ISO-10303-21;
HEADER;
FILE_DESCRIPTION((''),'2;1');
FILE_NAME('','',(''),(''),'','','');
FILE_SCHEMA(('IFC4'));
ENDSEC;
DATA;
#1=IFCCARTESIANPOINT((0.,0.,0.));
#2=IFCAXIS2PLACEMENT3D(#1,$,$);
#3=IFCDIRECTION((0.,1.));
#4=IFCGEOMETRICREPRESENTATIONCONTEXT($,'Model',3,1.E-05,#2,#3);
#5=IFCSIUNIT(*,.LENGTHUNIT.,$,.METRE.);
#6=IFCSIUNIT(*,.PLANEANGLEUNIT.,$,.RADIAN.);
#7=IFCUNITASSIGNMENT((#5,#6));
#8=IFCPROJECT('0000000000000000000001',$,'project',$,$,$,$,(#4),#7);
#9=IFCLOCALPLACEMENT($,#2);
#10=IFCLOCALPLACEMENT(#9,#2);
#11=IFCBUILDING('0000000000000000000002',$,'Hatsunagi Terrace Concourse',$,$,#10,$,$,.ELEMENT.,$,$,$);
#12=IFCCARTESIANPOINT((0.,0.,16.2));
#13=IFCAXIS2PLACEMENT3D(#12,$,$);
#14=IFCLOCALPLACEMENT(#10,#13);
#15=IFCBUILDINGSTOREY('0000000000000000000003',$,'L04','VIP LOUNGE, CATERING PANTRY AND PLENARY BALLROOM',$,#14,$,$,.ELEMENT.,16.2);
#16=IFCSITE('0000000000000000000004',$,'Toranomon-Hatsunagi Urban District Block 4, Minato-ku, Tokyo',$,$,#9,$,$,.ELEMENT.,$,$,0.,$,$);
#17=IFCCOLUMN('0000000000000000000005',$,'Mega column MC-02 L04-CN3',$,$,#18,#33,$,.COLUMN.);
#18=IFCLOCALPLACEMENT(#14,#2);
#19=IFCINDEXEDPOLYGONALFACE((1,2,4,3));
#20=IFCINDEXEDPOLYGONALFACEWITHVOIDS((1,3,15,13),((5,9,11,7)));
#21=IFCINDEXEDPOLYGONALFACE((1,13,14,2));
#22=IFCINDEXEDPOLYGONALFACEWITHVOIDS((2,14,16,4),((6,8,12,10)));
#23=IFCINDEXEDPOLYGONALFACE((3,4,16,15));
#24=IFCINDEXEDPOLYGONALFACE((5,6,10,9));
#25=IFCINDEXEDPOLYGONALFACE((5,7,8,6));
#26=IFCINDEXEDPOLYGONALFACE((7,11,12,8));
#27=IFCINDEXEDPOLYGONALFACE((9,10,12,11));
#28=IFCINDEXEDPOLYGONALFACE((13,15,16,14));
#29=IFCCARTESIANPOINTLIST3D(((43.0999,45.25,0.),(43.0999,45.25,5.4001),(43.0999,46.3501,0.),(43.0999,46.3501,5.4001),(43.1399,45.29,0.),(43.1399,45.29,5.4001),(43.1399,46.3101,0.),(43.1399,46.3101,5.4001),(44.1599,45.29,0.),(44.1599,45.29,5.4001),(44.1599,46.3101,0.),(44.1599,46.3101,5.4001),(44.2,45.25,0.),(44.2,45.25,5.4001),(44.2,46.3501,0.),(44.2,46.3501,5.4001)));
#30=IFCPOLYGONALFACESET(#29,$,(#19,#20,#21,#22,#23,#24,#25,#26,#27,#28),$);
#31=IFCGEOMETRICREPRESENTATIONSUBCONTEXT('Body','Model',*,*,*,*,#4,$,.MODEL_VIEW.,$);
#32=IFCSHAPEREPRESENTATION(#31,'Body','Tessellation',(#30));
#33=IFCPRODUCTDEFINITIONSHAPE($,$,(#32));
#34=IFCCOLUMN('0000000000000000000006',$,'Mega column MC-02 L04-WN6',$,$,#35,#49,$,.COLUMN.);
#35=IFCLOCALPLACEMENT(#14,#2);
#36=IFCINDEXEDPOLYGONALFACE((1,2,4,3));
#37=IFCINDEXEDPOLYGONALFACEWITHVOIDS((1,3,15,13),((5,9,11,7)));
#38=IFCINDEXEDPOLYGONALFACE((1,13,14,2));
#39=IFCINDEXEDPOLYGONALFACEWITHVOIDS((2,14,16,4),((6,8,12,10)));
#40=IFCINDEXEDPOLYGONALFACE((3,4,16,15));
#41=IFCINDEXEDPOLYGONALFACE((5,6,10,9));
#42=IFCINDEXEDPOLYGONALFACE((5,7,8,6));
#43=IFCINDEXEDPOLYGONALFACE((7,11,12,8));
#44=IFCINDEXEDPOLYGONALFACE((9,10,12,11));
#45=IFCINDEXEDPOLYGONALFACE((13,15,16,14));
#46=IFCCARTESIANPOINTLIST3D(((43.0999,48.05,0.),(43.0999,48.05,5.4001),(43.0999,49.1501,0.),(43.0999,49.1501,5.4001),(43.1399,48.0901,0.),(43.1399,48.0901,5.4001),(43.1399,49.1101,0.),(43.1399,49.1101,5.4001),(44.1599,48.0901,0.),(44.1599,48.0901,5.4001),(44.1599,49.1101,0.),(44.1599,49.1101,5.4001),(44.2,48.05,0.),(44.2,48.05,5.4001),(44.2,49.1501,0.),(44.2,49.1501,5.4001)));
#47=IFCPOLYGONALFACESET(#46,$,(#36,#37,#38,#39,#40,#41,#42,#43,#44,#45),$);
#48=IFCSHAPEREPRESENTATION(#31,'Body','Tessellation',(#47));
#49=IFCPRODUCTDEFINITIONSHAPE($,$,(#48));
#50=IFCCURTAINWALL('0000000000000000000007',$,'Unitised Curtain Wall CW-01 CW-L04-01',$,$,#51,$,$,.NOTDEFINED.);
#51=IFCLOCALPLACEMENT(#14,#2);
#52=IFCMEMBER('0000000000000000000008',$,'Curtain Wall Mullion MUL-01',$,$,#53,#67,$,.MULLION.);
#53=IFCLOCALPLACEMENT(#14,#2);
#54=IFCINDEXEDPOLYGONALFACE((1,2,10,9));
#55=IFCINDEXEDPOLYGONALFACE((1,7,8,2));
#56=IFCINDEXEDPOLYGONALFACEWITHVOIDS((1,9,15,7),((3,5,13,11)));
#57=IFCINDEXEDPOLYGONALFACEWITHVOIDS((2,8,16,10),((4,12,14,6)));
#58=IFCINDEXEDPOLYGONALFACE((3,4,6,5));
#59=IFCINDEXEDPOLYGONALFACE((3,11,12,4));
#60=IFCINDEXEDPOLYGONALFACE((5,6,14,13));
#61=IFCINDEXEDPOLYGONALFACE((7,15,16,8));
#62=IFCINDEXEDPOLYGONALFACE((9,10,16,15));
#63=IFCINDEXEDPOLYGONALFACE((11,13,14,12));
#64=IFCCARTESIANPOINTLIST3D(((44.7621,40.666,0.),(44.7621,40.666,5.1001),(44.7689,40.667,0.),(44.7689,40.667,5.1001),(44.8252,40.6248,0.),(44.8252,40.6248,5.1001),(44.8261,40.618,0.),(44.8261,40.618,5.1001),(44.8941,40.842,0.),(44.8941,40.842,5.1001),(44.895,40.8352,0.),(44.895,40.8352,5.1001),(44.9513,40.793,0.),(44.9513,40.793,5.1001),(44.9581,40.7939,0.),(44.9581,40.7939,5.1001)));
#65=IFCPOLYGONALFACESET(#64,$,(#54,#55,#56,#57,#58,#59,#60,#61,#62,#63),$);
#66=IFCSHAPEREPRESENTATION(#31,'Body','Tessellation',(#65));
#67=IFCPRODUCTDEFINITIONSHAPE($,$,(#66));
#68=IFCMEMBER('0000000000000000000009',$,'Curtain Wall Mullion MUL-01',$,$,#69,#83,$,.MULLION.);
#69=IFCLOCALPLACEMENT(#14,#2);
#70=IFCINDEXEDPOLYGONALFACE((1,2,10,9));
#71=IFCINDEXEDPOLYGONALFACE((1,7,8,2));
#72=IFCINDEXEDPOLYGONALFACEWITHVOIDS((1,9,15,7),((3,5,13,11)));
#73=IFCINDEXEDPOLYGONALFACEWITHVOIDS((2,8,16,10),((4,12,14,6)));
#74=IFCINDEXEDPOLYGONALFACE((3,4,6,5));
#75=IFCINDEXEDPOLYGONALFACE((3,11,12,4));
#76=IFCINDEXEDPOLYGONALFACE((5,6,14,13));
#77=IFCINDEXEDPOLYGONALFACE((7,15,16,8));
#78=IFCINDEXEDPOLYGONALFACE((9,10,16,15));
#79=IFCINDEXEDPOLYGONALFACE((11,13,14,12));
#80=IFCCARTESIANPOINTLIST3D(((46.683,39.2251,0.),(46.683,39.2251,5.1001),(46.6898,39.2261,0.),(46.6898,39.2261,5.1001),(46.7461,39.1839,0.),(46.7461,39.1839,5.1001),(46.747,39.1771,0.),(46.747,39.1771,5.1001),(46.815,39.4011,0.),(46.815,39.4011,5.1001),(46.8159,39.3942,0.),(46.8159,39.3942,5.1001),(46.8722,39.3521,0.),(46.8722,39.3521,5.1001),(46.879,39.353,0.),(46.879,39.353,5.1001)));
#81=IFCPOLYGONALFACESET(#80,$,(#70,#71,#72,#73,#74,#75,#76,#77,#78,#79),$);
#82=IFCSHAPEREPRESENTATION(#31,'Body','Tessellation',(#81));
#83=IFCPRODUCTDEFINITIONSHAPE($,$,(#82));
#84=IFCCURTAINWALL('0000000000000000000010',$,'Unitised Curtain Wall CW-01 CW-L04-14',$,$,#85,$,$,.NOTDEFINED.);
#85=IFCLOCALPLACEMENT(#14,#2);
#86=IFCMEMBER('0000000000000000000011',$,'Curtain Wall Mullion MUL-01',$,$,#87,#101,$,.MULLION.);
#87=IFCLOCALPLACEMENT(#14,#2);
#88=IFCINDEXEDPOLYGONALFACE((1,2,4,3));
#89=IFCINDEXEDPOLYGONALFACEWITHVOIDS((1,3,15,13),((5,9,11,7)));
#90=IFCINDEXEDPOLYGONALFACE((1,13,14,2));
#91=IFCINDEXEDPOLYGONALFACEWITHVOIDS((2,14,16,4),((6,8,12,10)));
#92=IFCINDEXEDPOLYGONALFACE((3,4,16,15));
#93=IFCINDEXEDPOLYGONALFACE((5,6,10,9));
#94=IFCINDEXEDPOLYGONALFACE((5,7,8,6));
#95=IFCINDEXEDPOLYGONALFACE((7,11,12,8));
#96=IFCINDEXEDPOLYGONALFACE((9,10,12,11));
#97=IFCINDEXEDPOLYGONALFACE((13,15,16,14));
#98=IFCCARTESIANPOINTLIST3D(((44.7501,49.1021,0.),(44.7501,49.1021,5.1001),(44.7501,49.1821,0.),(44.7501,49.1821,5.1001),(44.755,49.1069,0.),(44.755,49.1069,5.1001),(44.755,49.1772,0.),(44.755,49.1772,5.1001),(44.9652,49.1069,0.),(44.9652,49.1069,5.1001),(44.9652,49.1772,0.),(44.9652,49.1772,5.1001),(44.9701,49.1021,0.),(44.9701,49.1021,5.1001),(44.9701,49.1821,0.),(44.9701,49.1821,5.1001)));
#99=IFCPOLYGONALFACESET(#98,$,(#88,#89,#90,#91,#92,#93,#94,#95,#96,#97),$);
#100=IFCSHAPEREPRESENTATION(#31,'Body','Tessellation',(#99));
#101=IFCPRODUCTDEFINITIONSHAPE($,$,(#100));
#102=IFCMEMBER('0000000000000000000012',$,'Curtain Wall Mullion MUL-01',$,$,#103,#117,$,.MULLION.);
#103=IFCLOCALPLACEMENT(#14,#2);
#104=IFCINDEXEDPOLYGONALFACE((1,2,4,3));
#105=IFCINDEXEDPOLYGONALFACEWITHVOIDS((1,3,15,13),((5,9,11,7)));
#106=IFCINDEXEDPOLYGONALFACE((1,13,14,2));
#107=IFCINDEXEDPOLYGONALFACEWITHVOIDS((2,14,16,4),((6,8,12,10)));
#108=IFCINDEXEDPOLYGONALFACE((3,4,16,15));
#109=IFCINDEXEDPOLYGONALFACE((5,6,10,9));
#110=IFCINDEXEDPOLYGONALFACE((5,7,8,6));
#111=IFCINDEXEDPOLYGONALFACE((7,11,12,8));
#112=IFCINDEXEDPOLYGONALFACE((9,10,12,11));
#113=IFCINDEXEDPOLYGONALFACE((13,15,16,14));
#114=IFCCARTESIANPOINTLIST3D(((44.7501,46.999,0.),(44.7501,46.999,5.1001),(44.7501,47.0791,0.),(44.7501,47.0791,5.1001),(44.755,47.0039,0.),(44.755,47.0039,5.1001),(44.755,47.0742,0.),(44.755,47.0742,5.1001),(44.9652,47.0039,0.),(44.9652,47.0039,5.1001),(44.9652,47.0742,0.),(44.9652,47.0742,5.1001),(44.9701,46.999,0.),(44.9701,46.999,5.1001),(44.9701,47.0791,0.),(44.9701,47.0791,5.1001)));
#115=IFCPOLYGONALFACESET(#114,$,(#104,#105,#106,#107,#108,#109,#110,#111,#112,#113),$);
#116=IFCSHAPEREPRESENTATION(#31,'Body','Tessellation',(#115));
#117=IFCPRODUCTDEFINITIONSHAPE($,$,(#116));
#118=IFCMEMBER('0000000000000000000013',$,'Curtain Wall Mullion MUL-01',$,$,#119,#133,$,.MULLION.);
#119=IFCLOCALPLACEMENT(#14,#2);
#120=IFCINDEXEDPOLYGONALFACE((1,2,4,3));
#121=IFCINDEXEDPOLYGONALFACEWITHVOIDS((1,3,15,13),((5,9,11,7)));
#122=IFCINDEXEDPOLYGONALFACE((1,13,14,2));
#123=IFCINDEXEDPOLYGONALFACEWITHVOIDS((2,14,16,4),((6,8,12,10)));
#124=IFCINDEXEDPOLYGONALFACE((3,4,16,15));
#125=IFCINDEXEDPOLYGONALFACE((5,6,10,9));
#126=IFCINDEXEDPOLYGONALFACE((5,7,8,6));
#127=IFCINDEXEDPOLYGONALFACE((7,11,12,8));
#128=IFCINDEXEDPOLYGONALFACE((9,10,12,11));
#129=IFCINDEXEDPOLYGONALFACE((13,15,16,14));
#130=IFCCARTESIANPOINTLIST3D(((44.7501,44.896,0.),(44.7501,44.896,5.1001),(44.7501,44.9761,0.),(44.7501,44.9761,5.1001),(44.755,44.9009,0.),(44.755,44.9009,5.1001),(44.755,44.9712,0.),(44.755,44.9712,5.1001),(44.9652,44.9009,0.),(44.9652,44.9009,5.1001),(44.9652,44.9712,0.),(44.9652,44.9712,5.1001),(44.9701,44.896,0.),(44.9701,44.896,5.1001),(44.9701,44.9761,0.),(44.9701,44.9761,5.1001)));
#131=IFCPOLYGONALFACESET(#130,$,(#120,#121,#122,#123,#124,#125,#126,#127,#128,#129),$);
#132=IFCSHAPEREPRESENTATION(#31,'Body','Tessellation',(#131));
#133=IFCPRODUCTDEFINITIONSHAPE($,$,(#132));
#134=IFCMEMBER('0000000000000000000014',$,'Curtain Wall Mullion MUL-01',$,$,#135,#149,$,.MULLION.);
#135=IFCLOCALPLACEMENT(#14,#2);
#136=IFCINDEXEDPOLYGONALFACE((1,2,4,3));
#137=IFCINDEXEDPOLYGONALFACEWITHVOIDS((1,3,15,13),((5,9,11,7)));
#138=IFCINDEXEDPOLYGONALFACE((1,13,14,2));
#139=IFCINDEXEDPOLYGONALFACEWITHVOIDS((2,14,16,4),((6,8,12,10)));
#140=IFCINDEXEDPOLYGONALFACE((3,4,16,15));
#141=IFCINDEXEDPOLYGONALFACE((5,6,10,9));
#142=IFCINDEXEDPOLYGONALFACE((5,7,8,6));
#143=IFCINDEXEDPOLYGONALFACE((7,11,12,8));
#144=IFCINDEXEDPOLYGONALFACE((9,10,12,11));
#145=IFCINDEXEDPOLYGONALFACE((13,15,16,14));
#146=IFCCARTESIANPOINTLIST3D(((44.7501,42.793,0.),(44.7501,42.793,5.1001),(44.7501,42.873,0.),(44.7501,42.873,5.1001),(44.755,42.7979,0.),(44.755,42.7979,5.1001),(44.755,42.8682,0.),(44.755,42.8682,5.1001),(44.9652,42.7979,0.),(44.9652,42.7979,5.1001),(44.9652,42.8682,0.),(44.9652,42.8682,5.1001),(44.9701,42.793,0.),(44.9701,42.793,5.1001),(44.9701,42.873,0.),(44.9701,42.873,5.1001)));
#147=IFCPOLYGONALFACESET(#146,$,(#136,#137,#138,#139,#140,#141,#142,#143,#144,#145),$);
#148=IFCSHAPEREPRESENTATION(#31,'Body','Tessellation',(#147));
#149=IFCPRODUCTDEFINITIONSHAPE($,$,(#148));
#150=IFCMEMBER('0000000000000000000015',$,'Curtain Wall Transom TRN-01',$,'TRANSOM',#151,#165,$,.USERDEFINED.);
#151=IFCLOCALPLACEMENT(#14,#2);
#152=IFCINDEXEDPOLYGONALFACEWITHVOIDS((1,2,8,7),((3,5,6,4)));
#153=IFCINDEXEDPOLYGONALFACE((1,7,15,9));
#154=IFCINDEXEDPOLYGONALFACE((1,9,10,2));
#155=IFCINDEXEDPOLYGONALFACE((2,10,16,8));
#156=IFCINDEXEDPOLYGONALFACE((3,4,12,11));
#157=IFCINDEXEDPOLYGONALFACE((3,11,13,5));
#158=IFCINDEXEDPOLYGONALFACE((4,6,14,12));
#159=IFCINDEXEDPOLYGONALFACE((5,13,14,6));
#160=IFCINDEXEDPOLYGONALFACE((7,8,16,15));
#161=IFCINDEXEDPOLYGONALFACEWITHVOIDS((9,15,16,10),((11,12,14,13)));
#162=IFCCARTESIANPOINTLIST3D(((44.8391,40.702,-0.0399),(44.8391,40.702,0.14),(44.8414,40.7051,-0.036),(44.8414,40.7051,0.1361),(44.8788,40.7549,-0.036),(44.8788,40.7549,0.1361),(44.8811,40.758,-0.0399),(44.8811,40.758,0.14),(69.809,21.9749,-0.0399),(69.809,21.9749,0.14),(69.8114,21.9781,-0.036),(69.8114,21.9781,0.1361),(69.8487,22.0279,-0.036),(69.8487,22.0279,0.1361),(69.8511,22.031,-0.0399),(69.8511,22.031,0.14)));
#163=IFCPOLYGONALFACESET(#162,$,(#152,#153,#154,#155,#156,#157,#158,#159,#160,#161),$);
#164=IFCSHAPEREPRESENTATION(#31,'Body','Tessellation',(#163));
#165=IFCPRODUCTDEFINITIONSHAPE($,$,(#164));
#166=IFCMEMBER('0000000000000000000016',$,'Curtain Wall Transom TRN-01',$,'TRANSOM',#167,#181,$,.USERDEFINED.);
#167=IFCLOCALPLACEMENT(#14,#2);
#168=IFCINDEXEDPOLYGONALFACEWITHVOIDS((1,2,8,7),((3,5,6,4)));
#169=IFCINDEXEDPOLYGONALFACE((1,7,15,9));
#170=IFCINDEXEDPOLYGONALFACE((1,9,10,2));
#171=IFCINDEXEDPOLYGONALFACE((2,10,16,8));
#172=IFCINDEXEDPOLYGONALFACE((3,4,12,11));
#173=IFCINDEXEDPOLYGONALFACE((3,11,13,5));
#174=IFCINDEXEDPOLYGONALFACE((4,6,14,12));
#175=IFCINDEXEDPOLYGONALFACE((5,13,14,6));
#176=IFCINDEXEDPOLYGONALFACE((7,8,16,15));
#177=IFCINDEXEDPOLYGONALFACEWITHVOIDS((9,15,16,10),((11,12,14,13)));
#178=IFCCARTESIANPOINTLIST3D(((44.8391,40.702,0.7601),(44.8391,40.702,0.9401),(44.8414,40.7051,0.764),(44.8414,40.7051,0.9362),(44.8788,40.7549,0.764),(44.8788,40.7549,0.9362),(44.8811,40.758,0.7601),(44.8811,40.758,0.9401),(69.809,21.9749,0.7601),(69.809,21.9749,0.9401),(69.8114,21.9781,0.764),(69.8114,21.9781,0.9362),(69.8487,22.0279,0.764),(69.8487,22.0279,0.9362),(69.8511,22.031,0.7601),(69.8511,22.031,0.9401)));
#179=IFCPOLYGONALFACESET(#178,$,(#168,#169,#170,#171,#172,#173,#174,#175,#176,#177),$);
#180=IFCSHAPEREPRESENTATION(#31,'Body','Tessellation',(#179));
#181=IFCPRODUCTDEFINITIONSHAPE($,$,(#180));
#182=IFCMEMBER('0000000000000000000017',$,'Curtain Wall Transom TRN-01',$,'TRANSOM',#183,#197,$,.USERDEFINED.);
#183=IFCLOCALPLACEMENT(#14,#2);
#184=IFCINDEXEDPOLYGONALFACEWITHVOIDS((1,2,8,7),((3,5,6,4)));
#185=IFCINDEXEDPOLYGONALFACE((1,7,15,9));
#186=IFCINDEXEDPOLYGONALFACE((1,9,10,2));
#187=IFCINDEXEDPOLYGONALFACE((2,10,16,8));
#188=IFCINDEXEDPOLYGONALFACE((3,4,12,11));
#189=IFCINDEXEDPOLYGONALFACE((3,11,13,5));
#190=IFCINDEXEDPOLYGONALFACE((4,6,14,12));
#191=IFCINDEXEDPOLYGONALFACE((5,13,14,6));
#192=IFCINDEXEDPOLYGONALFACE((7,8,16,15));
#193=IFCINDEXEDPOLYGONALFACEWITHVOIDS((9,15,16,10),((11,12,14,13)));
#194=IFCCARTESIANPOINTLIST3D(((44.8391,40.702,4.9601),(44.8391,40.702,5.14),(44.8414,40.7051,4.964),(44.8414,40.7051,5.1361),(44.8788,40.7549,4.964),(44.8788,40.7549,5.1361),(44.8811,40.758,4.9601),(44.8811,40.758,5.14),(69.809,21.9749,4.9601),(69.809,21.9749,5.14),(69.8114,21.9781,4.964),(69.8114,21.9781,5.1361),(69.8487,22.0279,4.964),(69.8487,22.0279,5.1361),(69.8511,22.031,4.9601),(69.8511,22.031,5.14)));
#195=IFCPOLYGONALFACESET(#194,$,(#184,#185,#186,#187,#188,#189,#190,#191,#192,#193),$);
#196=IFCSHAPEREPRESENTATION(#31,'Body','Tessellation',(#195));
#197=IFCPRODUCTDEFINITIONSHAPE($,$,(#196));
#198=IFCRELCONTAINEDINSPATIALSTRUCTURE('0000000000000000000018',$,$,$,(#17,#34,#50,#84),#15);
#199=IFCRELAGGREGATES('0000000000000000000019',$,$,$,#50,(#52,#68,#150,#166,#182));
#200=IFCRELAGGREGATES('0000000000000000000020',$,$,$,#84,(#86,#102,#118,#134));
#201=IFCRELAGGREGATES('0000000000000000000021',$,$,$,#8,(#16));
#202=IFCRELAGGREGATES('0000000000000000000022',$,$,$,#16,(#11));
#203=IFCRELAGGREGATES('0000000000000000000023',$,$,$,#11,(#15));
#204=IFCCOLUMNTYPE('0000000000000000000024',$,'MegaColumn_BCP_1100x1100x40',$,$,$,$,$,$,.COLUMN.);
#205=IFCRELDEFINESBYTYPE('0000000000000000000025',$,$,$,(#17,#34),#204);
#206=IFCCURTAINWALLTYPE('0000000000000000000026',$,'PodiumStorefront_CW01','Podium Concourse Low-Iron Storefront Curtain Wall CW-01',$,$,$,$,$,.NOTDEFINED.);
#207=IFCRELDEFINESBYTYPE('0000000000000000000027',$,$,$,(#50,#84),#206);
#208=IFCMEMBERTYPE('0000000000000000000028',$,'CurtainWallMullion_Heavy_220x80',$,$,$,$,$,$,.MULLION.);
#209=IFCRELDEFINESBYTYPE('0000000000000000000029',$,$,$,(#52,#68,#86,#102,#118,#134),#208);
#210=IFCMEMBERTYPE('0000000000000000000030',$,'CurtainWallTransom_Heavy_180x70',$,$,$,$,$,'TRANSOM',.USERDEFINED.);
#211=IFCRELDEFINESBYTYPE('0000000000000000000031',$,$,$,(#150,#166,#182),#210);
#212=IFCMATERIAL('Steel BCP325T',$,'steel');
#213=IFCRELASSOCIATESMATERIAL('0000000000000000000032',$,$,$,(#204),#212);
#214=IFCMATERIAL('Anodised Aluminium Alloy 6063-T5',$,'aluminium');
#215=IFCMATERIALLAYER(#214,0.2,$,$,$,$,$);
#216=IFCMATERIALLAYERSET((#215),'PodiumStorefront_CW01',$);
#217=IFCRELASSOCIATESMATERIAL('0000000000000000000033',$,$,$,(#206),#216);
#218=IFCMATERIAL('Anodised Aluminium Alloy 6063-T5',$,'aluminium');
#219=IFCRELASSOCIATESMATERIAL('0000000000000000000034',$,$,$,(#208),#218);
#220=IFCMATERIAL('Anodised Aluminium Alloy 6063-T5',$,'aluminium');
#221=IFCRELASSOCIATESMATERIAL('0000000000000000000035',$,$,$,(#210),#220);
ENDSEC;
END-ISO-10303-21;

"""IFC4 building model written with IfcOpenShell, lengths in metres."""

from ifc_helpers import new_model, si_unit, direction, frame, origin, origin_2d, place, context, subcontext, project, spatial, hollow_rectangle, extrude, material, layer, layer_set, material_profile, profile_set, type_object, element, aggregate, save


model = new_model("IFC4")

# Units and contexts
model_context = context("Model", 3, precision=1e-05, world=origin(), true_north=direction((0.0, 1.0)))
body_context = subcontext(model_context, "Body", "Model", "MODEL_VIEW")
ifc_project = project(units=[si_unit("LENGTHUNIT", "METRE"), si_unit("PLANEANGLEUNIT", "RADIAN")], contexts=[model_context])

# Site, building, storey
site_placement = place(None, origin())
site = spatial("IfcSite", under=ifc_project, at=site_placement, Name="Toranomon-Hatsunagi Urban District Block 4, Minato-ku, Tokyo", CompositionType="ELEMENT", RefElevation=0.0)
building_placement = place(site_placement, origin())
building = spatial("IfcBuilding", under=site, at=building_placement, Name="Hatsunagi Terrace Concourse", CompositionType="ELEMENT")
storey_placement = place(building_placement, frame((0.0, 0.0, 16.2)))
storey = spatial("IfcBuildingStorey", under=building, at=storey_placement, Name="L04", Description="VIP LOUNGE, CATERING PANTRY AND PLENARY BALLROOM", CompositionType="ELEMENT", Elevation=16.2)

# Columns
ifc_material_1 = material(Name="Steel BCP325T", Category="steel")
ifc_material_profile_1 = material_profile(ifc_material_1, hollow_rectangle(XDim=1.1001, YDim=1.1001, WallThickness=0.04, at=origin_2d()), Name="BCP-1100x1100x40")
ifc_profile_set_1 = profile_set([ifc_material_profile_1], Name="Steel BCP325T")
column_type = type_object("IfcColumnType", Name="MegaColumn_BCP_1100x1100x40", PredefinedType="COLUMN", material=ifc_profile_set_1)
for number, where, z_axis, x_axis, name in (
    (1, (43.6499, 45.8, 0.0), (0.0, 0.0, 1.0), (1.0, 0.0, 0.0), "Mega column MC-02 L04-CN3"),
    (2, (43.6499, 48.6001, 0.0), (0.0, 0.0, 1.0), (1.0, 0.0, 0.0), "Mega column MC-02 L04-WN6"),
):
    element("IfcColumn", number, at=place(storey_placement, frame(where, z_axis=z_axis, x_axis=x_axis)), inside=storey, type_object=column_type, Name=name, PredefinedType="COLUMN", context=body_context, shape_type="SweptSolid", body=[
        extrude(hollow_rectangle(XDim=1.1001, YDim=1.1001, WallThickness=0.04, at=origin_2d()), origin(), (0.0, 0.0, 1.0), 5.4001),
    ])

# Curtain walls, members
ifc_material_2 = material(Name="Anodised Aluminium Alloy 6063-T5", Category="aluminium")
ifc_layer_1 = layer(ifc_material_2, 0.2)
ifc_layer_set_1 = layer_set([ifc_layer_1], Name="PodiumStorefront_CW01")
curtain_wall_type = type_object("IfcCurtainWallType", Name="PodiumStorefront_CW01", Description="Podium Concourse Low-Iron Storefront Curtain Wall CW-01", PredefinedType="NOTDEFINED", material=ifc_layer_set_1)
curtain_wall_1_placement = place(storey_placement, origin())
curtain_wall_1 = element("IfcCurtainWall", 3, at=curtain_wall_1_placement, inside=storey, type_object=curtain_wall_type, Name="Unitised Curtain Wall CW-01 CW-L04-01", PredefinedType="NOTDEFINED")
ifc_material_3 = material(Name="Anodised Aluminium Alloy 6063-T5", Category="aluminium")
ifc_material_profile_2 = material_profile(ifc_material_3, hollow_rectangle(XDim=0.0801, YDim=0.22, WallThickness=0.0049, at=origin_2d()), Name="ALU-MUL-220x80x5")
ifc_profile_set_2 = profile_set([ifc_material_profile_2], Name="Anodised Aluminium Alloy 6063-T5")
member_type_1 = type_object("IfcMemberType", Name="CurtainWallMullion_Heavy_220x80", PredefinedType="MULLION", material=ifc_profile_set_2)
member_1_placement = place(storey_placement, frame((44.8601, 40.73, 0.0), z_axis=(0.0, 0.0, 1.0), x_axis=(0.800007, -0.59999, 0.0)))
member_1 = element("IfcMember", 4, at=member_1_placement, type_object=member_type_1, Name="Curtain Wall Mullion MUL-01", PredefinedType="MULLION", context=body_context, shape_type="SweptSolid", body=[
    extrude(hollow_rectangle(XDim=0.0801, YDim=0.22, WallThickness=0.0049, at=origin_2d()), origin(), (0.0, 0.0, 1.0), 5.1001),
])
member_2_placement = place(storey_placement, frame((46.781, 39.2891, 0.0), z_axis=(0.0, 0.0, 1.0), x_axis=(0.800007, -0.59999, 0.0)))
member_2 = element("IfcMember", 5, at=member_2_placement, type_object=member_type_1, Name="Curtain Wall Mullion MUL-01", PredefinedType="MULLION", context=body_context, shape_type="SweptSolid", body=[
    extrude(hollow_rectangle(XDim=0.0801, YDim=0.22, WallThickness=0.0049, at=origin_2d()), origin(), (0.0, 0.0, 1.0), 5.1001),
])
curtain_wall_2_placement = place(storey_placement, origin())
curtain_wall_2 = element("IfcCurtainWall", 6, at=curtain_wall_2_placement, inside=storey, type_object=curtain_wall_type, Name="Unitised Curtain Wall CW-01 CW-L04-14", PredefinedType="NOTDEFINED")
member_3_placement = place(storey_placement, frame((44.8601, 49.1421, 0.0), z_axis=(0.0, 0.0, 1.0), x_axis=(0.0, -1.0, 0.0)))
member_3 = element("IfcMember", 7, at=member_3_placement, type_object=member_type_1, Name="Curtain Wall Mullion MUL-01", PredefinedType="MULLION", context=body_context, shape_type="SweptSolid", body=[
    extrude(hollow_rectangle(XDim=0.0801, YDim=0.22, WallThickness=0.0049, at=origin_2d()), origin(), (0.0, 0.0, 1.0), 5.1001),
])
member_4_placement = place(storey_placement, frame((44.8601, 47.0391, 0.0), z_axis=(0.0, 0.0, 1.0), x_axis=(0.0, -1.0, 0.0)))
member_4 = element("IfcMember", 8, at=member_4_placement, type_object=member_type_1, Name="Curtain Wall Mullion MUL-01", PredefinedType="MULLION", context=body_context, shape_type="SweptSolid", body=[
    extrude(hollow_rectangle(XDim=0.0801, YDim=0.22, WallThickness=0.0049, at=origin_2d()), origin(), (0.0, 0.0, 1.0), 5.1001),
])
member_5_placement = place(storey_placement, frame((44.8601, 44.936, 0.0), z_axis=(0.0, 0.0, 1.0), x_axis=(0.0, -1.0, 0.0)))
member_5 = element("IfcMember", 9, at=member_5_placement, type_object=member_type_1, Name="Curtain Wall Mullion MUL-01", PredefinedType="MULLION", context=body_context, shape_type="SweptSolid", body=[
    extrude(hollow_rectangle(XDim=0.0801, YDim=0.22, WallThickness=0.0049, at=origin_2d()), origin(), (0.0, 0.0, 1.0), 5.1001),
])
member_6_placement = place(storey_placement, frame((44.8601, 42.833, 0.0), z_axis=(0.0, 0.0, 1.0), x_axis=(0.0, -1.0, 0.0)))
member_6 = element("IfcMember", 10, at=member_6_placement, type_object=member_type_1, Name="Curtain Wall Mullion MUL-01", PredefinedType="MULLION", context=body_context, shape_type="SweptSolid", body=[
    extrude(hollow_rectangle(XDim=0.0801, YDim=0.22, WallThickness=0.0049, at=origin_2d()), origin(), (0.0, 0.0, 1.0), 5.1001),
])

# Members
ifc_material_4 = material(Name="Anodised Aluminium Alloy 6063-T5", Category="aluminium")
ifc_material_profile_3 = material_profile(ifc_material_4, hollow_rectangle(XDim=0.0701, YDim=0.1799, WallThickness=0.0039, at=origin_2d()), Name="ALU-TRN-180x70x4")
ifc_profile_set_3 = profile_set([ifc_material_profile_3], Name="Anodised Aluminium Alloy 6063-T5")
member_type_2 = type_object("IfcMemberType", Name="CurtainWallTransom_Heavy_180x70", ElementType="TRANSOM", PredefinedType="USERDEFINED", material=ifc_profile_set_3)
member_7_placement = place(storey_placement, frame((44.8601, 40.73, 0.05), z_axis=(0.800007, -0.599991, 0.0), x_axis=(0.599991, 0.800007, 0.0)))
member_7 = element("IfcMember", 11, at=member_7_placement, type_object=member_type_2, Name="Curtain Wall Transom TRN-01", ObjectType="TRANSOM", PredefinedType="USERDEFINED", context=body_context, shape_type="SweptSolid", body=[
    extrude(hollow_rectangle(XDim=0.0701, YDim=0.1799, WallThickness=0.0039, at=origin_2d()), origin(), (0.0, 0.0, 1.0), 31.2122),
])
member_8_placement = place(storey_placement, frame((44.8601, 40.73, 0.8501), z_axis=(0.800007, -0.599991, 0.0), x_axis=(0.599991, 0.800007, 0.0)))
member_8 = element("IfcMember", 12, at=member_8_placement, type_object=member_type_2, Name="Curtain Wall Transom TRN-01", ObjectType="TRANSOM", PredefinedType="USERDEFINED", context=body_context, shape_type="SweptSolid", body=[
    extrude(hollow_rectangle(XDim=0.0701, YDim=0.1799, WallThickness=0.0039, at=origin_2d()), origin(), (0.0, 0.0, 1.0), 31.2122),
])
member_9_placement = place(storey_placement, frame((44.8601, 40.73, 5.05), z_axis=(0.800007, -0.599991, 0.0), x_axis=(0.599991, 0.800007, 0.0)))
member_9 = element("IfcMember", 13, at=member_9_placement, type_object=member_type_2, Name="Curtain Wall Transom TRN-01", ObjectType="TRANSOM", PredefinedType="USERDEFINED", context=body_context, shape_type="SweptSolid", body=[
    extrude(hollow_rectangle(XDim=0.0701, YDim=0.1799, WallThickness=0.0039, at=origin_2d()), origin(), (0.0, 0.0, 1.0), 31.2122),
])

aggregate(curtain_wall_1, [member_1, member_2, member_7, member_8, member_9])
aggregate(curtain_wall_2, [member_3, member_4, member_5, member_6])

save(model, "model.ifc")
